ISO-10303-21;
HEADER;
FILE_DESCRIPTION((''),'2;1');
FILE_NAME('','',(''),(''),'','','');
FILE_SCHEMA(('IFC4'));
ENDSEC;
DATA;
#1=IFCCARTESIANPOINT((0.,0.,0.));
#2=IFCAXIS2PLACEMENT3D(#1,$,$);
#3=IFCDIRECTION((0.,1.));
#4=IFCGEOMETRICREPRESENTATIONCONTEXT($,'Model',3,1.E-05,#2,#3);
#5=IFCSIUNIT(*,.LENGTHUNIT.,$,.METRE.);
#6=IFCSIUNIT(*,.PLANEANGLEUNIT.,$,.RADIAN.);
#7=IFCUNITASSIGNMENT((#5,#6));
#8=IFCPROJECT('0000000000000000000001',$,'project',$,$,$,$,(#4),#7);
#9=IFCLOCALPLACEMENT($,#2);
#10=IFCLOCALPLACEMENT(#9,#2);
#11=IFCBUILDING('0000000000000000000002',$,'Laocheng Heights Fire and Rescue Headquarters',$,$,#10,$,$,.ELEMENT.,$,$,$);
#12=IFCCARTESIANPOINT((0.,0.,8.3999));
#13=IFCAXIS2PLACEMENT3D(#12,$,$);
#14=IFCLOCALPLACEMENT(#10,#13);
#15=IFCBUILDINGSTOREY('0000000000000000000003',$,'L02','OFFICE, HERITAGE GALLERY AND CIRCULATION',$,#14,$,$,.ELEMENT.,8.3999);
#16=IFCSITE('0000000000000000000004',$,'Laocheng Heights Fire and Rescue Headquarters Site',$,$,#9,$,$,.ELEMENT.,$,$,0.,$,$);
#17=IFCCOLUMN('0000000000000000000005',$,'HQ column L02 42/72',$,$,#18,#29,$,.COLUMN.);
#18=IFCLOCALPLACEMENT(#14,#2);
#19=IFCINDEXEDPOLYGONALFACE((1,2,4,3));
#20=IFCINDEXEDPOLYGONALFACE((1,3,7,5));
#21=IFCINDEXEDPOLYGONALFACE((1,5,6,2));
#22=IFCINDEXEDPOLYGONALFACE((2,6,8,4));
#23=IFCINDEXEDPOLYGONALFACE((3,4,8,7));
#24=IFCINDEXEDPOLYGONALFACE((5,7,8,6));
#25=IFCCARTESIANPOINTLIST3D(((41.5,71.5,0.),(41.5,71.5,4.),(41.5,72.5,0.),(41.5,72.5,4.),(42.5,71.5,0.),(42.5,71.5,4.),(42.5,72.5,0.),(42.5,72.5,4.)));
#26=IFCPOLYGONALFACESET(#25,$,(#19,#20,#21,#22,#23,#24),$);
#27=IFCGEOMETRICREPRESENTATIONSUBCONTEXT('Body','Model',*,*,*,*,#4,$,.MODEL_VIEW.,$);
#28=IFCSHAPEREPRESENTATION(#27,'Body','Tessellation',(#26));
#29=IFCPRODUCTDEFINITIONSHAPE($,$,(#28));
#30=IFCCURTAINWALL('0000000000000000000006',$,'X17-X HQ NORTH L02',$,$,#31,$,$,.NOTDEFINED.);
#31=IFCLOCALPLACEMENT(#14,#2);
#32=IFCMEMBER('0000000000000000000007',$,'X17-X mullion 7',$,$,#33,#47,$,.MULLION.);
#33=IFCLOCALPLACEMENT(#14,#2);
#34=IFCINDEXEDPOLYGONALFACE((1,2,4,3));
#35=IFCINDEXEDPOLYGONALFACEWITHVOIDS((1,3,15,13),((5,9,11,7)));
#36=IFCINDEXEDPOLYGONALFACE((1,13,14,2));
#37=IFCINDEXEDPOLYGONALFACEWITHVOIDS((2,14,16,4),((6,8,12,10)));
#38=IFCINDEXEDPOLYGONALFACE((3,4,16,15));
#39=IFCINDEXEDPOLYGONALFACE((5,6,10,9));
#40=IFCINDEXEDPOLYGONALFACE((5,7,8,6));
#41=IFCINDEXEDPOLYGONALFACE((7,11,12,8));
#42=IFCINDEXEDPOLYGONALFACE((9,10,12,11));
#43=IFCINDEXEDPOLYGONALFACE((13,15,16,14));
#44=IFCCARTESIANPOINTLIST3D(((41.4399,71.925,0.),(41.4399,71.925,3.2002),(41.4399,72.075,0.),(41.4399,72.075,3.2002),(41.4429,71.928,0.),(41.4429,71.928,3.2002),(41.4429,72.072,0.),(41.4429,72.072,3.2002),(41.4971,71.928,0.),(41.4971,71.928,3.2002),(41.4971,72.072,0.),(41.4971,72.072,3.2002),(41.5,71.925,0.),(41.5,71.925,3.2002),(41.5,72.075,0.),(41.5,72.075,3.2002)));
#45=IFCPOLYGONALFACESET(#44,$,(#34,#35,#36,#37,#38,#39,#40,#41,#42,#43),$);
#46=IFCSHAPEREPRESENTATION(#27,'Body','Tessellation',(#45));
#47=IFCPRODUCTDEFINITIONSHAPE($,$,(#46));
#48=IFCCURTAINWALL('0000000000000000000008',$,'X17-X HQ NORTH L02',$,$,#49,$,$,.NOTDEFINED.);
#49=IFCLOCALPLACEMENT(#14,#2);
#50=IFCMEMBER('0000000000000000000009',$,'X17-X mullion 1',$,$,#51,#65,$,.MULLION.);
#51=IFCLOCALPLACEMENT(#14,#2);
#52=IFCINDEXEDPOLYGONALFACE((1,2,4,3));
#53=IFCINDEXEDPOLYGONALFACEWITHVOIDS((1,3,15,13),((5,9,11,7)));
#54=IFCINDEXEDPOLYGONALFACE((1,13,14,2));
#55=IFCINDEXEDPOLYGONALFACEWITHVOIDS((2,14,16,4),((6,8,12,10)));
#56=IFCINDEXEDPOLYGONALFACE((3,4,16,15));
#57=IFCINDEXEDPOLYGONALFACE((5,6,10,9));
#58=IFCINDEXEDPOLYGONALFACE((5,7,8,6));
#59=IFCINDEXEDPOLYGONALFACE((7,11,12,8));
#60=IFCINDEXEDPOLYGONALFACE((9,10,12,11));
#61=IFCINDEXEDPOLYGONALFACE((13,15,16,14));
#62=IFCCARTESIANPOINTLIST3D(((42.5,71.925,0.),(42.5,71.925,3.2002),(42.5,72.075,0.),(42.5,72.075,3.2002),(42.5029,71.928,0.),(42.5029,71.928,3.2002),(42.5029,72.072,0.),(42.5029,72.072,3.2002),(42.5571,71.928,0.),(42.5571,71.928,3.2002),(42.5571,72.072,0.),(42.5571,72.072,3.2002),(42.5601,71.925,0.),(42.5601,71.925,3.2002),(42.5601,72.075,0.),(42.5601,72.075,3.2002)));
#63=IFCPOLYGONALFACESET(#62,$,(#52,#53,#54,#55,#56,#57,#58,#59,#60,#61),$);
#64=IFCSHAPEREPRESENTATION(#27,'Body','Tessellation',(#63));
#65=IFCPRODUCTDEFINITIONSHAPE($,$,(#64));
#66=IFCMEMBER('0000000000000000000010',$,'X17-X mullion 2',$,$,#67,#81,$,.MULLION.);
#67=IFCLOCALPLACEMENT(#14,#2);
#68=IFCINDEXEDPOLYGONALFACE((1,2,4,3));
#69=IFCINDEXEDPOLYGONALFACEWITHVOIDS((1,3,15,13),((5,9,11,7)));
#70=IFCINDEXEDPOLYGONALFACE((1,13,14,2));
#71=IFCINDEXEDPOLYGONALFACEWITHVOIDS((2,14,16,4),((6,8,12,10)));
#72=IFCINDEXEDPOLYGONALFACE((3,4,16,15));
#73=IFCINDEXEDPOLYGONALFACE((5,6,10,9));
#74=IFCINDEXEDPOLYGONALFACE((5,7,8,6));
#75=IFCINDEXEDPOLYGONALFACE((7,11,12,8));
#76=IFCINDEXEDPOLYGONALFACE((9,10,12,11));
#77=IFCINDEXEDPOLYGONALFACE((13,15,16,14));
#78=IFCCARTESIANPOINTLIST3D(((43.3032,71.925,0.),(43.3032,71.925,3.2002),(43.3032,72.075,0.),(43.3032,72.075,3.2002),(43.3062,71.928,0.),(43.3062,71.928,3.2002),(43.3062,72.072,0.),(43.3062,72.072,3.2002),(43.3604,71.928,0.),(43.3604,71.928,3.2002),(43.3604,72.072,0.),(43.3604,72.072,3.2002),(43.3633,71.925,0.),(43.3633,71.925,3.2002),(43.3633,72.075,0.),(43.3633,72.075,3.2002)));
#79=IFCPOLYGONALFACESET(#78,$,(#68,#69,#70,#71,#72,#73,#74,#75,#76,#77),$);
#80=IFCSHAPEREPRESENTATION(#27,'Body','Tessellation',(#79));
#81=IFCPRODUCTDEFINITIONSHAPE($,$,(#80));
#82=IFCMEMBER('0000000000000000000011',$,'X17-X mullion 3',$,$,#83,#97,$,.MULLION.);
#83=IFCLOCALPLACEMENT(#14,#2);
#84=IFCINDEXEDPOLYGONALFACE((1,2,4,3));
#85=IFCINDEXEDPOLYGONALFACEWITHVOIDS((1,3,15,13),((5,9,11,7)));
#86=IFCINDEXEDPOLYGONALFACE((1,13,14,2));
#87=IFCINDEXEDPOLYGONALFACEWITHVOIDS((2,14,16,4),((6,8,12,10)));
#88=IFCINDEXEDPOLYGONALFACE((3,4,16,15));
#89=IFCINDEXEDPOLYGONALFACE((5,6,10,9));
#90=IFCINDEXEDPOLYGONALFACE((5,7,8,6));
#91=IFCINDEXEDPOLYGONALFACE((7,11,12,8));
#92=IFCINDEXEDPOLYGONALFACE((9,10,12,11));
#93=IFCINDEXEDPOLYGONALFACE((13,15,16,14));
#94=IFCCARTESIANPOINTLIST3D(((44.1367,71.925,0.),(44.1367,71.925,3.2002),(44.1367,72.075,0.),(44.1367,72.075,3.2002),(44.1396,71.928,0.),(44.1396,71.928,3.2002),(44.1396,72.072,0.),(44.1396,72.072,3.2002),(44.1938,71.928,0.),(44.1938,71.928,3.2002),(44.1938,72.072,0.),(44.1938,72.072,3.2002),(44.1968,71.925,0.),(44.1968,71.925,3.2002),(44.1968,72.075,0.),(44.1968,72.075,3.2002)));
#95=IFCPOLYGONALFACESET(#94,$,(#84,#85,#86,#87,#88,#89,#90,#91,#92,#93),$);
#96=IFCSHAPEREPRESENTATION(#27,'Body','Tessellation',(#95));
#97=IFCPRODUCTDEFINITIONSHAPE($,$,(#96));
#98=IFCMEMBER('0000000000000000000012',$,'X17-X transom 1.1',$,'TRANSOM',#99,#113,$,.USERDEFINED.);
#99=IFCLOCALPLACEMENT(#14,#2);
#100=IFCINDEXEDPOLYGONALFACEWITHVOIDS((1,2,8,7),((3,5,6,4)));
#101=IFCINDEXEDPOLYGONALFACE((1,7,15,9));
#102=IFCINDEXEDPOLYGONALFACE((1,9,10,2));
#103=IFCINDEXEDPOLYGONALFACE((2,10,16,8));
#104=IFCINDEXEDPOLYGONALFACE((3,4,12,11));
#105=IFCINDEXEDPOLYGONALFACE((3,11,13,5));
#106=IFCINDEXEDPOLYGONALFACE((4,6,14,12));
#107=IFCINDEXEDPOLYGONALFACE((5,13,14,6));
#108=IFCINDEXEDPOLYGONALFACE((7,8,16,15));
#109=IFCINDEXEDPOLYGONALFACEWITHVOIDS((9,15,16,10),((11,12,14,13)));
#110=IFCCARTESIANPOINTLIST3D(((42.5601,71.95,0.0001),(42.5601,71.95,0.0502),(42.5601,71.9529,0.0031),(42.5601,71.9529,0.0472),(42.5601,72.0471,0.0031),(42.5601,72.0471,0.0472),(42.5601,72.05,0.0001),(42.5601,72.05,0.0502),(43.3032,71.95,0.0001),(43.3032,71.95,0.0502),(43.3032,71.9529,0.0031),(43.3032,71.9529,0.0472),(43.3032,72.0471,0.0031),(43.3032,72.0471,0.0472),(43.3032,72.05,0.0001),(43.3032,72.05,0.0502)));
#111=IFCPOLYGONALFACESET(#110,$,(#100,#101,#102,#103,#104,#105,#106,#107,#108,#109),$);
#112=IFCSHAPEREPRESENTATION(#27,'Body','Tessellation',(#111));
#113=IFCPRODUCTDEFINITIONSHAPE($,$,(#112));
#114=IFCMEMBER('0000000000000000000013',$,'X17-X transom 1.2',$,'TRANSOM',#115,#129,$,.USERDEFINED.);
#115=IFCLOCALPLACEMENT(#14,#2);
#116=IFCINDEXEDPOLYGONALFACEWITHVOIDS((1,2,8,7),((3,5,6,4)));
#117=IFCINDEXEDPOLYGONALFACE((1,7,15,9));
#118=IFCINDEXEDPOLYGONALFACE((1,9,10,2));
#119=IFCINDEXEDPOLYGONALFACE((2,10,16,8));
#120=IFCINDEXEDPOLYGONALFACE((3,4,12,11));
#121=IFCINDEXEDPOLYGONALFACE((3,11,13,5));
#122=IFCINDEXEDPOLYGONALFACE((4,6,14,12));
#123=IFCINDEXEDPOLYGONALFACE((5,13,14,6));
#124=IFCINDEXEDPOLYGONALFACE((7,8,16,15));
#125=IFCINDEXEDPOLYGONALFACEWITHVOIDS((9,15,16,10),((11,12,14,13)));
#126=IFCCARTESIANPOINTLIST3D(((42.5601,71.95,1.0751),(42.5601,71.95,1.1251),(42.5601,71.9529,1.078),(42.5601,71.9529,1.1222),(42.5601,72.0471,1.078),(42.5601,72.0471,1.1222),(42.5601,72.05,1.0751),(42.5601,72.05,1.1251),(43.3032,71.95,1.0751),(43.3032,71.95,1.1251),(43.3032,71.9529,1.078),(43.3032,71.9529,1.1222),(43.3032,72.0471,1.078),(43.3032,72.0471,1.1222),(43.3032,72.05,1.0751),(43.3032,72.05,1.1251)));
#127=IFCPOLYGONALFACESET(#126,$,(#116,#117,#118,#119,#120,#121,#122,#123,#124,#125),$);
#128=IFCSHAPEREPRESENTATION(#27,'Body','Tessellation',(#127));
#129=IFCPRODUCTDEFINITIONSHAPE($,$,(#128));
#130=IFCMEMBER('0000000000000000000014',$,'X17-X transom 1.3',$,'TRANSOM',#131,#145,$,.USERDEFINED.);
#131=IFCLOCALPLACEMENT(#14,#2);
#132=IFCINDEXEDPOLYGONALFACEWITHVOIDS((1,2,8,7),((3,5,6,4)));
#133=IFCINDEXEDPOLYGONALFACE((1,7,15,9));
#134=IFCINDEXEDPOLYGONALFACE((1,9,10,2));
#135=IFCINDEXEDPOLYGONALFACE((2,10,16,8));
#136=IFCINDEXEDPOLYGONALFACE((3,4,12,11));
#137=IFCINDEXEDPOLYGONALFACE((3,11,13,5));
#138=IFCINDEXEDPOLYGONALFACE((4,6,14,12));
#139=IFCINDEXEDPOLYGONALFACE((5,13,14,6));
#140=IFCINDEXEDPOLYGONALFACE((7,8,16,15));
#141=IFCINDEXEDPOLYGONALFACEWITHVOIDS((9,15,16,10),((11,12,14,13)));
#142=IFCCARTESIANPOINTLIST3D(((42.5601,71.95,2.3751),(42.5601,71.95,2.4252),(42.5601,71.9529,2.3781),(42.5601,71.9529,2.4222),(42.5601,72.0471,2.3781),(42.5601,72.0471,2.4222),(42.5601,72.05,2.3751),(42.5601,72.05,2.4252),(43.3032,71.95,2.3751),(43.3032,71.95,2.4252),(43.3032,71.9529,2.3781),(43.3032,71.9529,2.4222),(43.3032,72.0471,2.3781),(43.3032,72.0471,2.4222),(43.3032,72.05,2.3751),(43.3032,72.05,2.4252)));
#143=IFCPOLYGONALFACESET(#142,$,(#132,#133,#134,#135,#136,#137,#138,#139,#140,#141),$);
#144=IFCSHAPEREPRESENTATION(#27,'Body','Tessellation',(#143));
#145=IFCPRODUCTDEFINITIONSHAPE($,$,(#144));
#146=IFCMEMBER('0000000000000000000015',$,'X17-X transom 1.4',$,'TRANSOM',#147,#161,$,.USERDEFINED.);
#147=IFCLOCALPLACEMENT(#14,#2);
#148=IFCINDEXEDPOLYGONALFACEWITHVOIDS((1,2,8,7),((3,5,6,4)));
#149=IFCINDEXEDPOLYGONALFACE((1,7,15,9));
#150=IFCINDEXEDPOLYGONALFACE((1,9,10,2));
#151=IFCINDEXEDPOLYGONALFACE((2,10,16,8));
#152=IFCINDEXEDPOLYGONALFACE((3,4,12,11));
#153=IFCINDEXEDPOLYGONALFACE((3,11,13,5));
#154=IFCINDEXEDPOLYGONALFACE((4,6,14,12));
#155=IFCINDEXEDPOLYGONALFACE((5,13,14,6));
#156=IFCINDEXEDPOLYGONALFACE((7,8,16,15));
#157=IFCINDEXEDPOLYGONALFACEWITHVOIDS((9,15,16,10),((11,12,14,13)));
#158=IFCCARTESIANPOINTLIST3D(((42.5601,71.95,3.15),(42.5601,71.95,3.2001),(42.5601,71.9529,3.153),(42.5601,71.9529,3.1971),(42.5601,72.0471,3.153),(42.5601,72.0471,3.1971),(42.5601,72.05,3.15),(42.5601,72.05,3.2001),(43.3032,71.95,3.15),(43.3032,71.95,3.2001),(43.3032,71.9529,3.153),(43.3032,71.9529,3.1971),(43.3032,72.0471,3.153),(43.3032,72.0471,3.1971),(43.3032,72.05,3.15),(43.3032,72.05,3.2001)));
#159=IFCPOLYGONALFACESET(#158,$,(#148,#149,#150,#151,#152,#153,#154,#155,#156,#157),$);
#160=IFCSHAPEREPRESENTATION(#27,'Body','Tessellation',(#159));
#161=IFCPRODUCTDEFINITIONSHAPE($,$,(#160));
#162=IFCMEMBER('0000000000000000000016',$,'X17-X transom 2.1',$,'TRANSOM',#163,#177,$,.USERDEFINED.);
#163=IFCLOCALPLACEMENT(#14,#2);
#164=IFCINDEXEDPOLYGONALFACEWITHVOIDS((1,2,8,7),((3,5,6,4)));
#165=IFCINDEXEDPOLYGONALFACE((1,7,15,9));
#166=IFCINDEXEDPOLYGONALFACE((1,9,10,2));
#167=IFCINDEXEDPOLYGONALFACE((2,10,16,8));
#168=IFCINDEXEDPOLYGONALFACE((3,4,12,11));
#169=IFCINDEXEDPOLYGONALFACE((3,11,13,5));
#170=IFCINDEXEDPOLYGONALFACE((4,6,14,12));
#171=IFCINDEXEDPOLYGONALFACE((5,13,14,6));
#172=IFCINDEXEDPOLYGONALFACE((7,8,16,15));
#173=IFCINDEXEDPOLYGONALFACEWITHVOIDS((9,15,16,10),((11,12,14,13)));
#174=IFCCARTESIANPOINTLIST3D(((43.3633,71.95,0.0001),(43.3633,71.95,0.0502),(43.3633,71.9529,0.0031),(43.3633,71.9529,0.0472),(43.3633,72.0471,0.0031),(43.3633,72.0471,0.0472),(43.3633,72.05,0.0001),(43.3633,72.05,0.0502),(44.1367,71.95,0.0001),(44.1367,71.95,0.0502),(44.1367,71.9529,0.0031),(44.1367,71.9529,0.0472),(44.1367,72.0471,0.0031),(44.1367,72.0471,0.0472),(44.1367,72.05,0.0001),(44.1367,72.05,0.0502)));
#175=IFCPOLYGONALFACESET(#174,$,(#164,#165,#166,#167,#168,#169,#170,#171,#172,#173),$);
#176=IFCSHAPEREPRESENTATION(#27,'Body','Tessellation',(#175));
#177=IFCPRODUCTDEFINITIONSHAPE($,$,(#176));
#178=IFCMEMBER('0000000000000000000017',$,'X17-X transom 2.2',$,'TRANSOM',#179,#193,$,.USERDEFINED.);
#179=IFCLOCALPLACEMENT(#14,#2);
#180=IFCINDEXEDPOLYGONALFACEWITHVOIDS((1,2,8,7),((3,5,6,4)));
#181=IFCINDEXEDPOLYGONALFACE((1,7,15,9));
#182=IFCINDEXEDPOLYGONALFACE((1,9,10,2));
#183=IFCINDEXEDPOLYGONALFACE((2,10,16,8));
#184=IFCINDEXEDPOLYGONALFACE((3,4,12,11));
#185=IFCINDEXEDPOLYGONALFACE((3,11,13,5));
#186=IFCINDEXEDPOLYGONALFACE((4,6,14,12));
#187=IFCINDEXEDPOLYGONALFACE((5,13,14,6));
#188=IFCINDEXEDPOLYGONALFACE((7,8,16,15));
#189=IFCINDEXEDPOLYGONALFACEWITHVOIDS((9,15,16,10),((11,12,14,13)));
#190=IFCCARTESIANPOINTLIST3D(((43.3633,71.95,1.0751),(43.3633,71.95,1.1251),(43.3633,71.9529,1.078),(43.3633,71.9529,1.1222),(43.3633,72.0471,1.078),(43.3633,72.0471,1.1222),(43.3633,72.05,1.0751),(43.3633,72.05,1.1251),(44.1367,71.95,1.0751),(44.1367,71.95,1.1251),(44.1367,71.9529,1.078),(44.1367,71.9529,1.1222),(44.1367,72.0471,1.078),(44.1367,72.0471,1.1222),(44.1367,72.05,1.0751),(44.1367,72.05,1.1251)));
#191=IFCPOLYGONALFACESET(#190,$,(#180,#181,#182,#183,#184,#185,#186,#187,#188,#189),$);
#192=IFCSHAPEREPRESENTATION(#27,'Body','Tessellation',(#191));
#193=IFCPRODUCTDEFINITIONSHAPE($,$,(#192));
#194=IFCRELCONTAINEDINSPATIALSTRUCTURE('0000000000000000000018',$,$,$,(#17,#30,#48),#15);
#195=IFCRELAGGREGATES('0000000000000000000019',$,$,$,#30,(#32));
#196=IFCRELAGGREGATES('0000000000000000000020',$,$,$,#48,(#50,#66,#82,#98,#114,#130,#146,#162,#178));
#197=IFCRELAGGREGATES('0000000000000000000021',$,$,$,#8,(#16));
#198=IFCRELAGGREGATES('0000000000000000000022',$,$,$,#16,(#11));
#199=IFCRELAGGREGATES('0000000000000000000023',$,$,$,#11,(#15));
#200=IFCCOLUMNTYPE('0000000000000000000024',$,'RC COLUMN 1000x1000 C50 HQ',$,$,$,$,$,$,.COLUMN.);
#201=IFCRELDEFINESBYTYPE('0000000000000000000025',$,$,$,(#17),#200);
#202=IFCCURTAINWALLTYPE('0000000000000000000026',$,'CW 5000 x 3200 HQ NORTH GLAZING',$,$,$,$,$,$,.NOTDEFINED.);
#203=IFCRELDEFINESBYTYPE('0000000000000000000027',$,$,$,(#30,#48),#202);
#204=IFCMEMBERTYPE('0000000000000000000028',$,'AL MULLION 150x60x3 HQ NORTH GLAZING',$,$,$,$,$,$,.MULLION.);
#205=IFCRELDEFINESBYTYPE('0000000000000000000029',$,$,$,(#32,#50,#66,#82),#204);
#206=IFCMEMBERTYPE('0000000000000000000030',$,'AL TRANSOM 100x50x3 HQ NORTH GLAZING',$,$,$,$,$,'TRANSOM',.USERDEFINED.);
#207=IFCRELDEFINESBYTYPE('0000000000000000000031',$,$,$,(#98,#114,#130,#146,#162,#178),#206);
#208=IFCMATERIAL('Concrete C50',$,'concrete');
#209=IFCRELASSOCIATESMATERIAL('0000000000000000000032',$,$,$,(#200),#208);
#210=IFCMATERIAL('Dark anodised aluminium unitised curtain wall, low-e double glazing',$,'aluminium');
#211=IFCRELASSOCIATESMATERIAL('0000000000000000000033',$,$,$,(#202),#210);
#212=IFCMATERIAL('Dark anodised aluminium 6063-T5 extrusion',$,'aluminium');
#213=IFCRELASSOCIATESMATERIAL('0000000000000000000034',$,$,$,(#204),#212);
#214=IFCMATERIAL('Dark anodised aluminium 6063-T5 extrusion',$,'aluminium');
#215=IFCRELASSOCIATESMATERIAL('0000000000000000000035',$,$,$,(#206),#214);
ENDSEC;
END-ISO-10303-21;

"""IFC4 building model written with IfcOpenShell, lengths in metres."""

from ifc_helpers import new_model, si_unit, direction, frame, origin, origin_2d, place, context, subcontext, project, spatial, rectangle, hollow_rectangle, extrude, material, material_profile, profile_set, type_object, element, aggregate, save


model = new_model("IFC4")

# Units and contexts
model_context = context("Model", 3, precision=1e-05, world=origin(), true_north=direction((0.0, 1.0)))
body_context = subcontext(model_context, "Body", "Model", "MODEL_VIEW")
ifc_project = project(units=[si_unit("LENGTHUNIT", "METRE"), si_unit("PLANEANGLEUNIT", "RADIAN")], contexts=[model_context])

# Site, building, storey
site_placement = place(None, origin())
site = spatial("IfcSite", under=ifc_project, at=site_placement, Name="Laocheng Heights Fire and Rescue Headquarters Site", CompositionType="ELEMENT", RefElevation=0.0)
building_placement = place(site_placement, origin())
building = spatial("IfcBuilding", under=site, at=building_placement, Name="Laocheng Heights Fire and Rescue Headquarters", CompositionType="ELEMENT")
storey_placement = place(building_placement, frame((0.0, 0.0, 8.3999)))
storey = spatial("IfcBuildingStorey", under=building, at=storey_placement, Name="L02", Description="OFFICE, HERITAGE GALLERY AND CIRCULATION", CompositionType="ELEMENT", Elevation=8.3999)

# Column
ifc_material_1 = material(Name="Concrete C50", Category="concrete")
ifc_material_profile_1 = material_profile(ifc_material_1, rectangle(XDim=1.0, YDim=1.0, at=origin_2d()), Name="RC COLUMN 1000x1000 C50 HQ")
ifc_profile_set_1 = profile_set([ifc_material_profile_1], Name="Concrete C50")
column_type = type_object("IfcColumnType", Name="RC COLUMN 1000x1000 C50 HQ", PredefinedType="COLUMN", material=ifc_profile_set_1)
column_placement = place(storey_placement, frame((42.0, 72.0, 0.0), z_axis=(0.0, 0.0, 1.0), x_axis=(1.0, 0.0, 0.0)))
element("IfcColumn", 1, at=column_placement, inside=storey, type_object=column_type, Name="HQ column L02 42/72", PredefinedType="COLUMN", context=body_context, shape_type="SweptSolid", body=[
    extrude(rectangle(XDim=1.0, YDim=1.0, at=origin_2d()), origin(), (0.0, 0.0, 1.0), 4.0),
])

# Curtain wall, member
ifc_material_2 = material(Name="Dark anodised aluminium unitised curtain wall, low-e double glazing", Category="aluminium")
curtain_wall_type = type_object("IfcCurtainWallType", Name="CW 5000 x 3200 HQ NORTH GLAZING", PredefinedType="NOTDEFINED", material=ifc_material_2)
curtain_wall_1_placement = place(storey_placement, origin())
curtain_wall_1 = element("IfcCurtainWall", 2, at=curtain_wall_1_placement, inside=storey, type_object=curtain_wall_type, Name="X17-X HQ NORTH L02", PredefinedType="NOTDEFINED")
ifc_material_3 = material(Name="Dark anodised aluminium 6063-T5 extrusion", Category="aluminium")
ifc_material_profile_2 = material_profile(ifc_material_3, hollow_rectangle(XDim=0.1499, YDim=0.0601, WallThickness=0.0029, at=origin_2d()), Name="AL MULLION 150x60x3 HQ NORTH GLAZING")
ifc_profile_set_2 = profile_set([ifc_material_profile_2], Name="Dark anodised aluminium 6063-T5 extrusion")
member_type_1 = type_object("IfcMemberType", Name="AL MULLION 150x60x3 HQ NORTH GLAZING", PredefinedType="MULLION", material=ifc_profile_set_2)
member_1_placement = place(storey_placement, frame((41.47, 72.0, 0.0), z_axis=(0.0, 0.0, 1.0), x_axis=(0.0, 1.0, 0.0)))
member_1 = element("IfcMember", 3, at=member_1_placement, type_object=member_type_1, Name="X17-X mullion 7", PredefinedType="MULLION", context=body_context, shape_type="SweptSolid", body=[
    extrude(hollow_rectangle(XDim=0.1499, YDim=0.0601, WallThickness=0.0029, at=origin_2d()), origin(), (0.0, 0.0, 1.0), 3.2002),
])

# Curtain wall, members
curtain_wall_2_placement = place(storey_placement, origin())
curtain_wall_2 = element("IfcCurtainWall", 4, at=curtain_wall_2_placement, inside=storey, type_object=curtain_wall_type, Name="X17-X HQ NORTH L02", PredefinedType="NOTDEFINED")
member_2_placement = place(storey_placement, frame((42.53, 72.0, 0.0), z_axis=(0.0, 0.0, 1.0), x_axis=(0.0, 1.0, 0.0)))
member_2 = element("IfcMember", 5, at=member_2_placement, type_object=member_type_1, Name="X17-X mullion 1", PredefinedType="MULLION", context=body_context, shape_type="SweptSolid", body=[
    extrude(hollow_rectangle(XDim=0.1499, YDim=0.0601, WallThickness=0.0029, at=origin_2d()), origin(), (0.0, 0.0, 1.0), 3.2002),
])
member_3_placement = place(storey_placement, frame((43.3333, 72.0, 0.0), z_axis=(0.0, 0.0, 1.0), x_axis=(0.0, 1.0, 0.0)))
member_3 = element("IfcMember", 6, at=member_3_placement, type_object=member_type_1, Name="X17-X mullion 2", PredefinedType="MULLION", context=body_context, shape_type="SweptSolid", body=[
    extrude(hollow_rectangle(XDim=0.1499, YDim=0.0601, WallThickness=0.0029, at=origin_2d()), origin(), (0.0, 0.0, 1.0), 3.2002),
])
member_4_placement = place(storey_placement, frame((44.1667, 72.0, 0.0), z_axis=(0.0, 0.0, 1.0), x_axis=(0.0, 1.0, 0.0)))
member_4 = element("IfcMember", 7, at=member_4_placement, type_object=member_type_1, Name="X17-X mullion 3", PredefinedType="MULLION", context=body_context, shape_type="SweptSolid", body=[
    extrude(hollow_rectangle(XDim=0.1499, YDim=0.0601, WallThickness=0.0029, at=origin_2d()), origin(), (0.0, 0.0, 1.0), 3.2002),
])
ifc_material_4 = material(Name="Dark anodised aluminium 6063-T5 extrusion", Category="aluminium")
ifc_material_profile_3 = material_profile(ifc_material_4, hollow_rectangle(XDim=0.1001, YDim=0.05, WallThickness=0.0029, at=origin_2d()), Name="AL TRANSOM 100x50x3 HQ NORTH GLAZING")
ifc_profile_set_3 = profile_set([ifc_material_profile_3], Name="Dark anodised aluminium 6063-T5 extrusion")
member_type_2 = type_object("IfcMemberType", Name="AL TRANSOM 100x50x3 HQ NORTH GLAZING", ElementType="TRANSOM", PredefinedType="USERDEFINED", material=ifc_profile_set_3)
member_5_placement = place(storey_placement, frame((42.5601, 72.0, 0.0251), z_axis=(1.0, 0.0, 0.0), x_axis=(0.0, 1.0, 0.0)))
member_5 = element("IfcMember", 8, at=member_5_placement, type_object=member_type_2, Name="X17-X transom 1.1", ObjectType="TRANSOM", PredefinedType="USERDEFINED", context=body_context, shape_type="SweptSolid", body=[
    extrude(hollow_rectangle(XDim=0.1001, YDim=0.05, WallThickness=0.0029, at=origin_2d()), origin(), (0.0, 0.0, 1.0), 0.7432),
])
member_6_placement = place(storey_placement, frame((42.5601, 72.0, 1.1001), z_axis=(1.0, 0.0, 0.0), x_axis=(0.0, 1.0, 0.0)))
member_6 = element("IfcMember", 9, at=member_6_placement, type_object=member_type_2, Name="X17-X transom 1.2", ObjectType="TRANSOM", PredefinedType="USERDEFINED", context=body_context, shape_type="SweptSolid", body=[
    extrude(hollow_rectangle(XDim=0.1001, YDim=0.05, WallThickness=0.0029, at=origin_2d()), origin(), (0.0, 0.0, 1.0), 0.7432),
])
member_7_placement = place(storey_placement, frame((42.5601, 72.0, 2.4001), z_axis=(1.0, 0.0, 0.0), x_axis=(0.0, 1.0, 0.0)))
member_7 = element("IfcMember", 10, at=member_7_placement, type_object=member_type_2, Name="X17-X transom 1.3", ObjectType="TRANSOM", PredefinedType="USERDEFINED", context=body_context, shape_type="SweptSolid", body=[
    extrude(hollow_rectangle(XDim=0.1001, YDim=0.05, WallThickness=0.0029, at=origin_2d()), origin(), (0.0, 0.0, 1.0), 0.7432),
])
member_8_placement = place(storey_placement, frame((42.5601, 72.0, 3.175), z_axis=(1.0, 0.0, 0.0), x_axis=(0.0, 1.0, 0.0)))
member_8 = element("IfcMember", 11, at=member_8_placement, type_object=member_type_2, Name="X17-X transom 1.4", ObjectType="TRANSOM", PredefinedType="USERDEFINED", context=body_context, shape_type="SweptSolid", body=[
    extrude(hollow_rectangle(XDim=0.1001, YDim=0.05, WallThickness=0.0029, at=origin_2d()), origin(), (0.0, 0.0, 1.0), 0.7432),
])
member_9_placement = place(storey_placement, frame((43.3633, 72.0, 0.0251), z_axis=(1.0, 0.0, 0.0), x_axis=(0.0, 1.0, 0.0)))
member_9 = element("IfcMember", 12, at=member_9_placement, type_object=member_type_2, Name="X17-X transom 2.1", ObjectType="TRANSOM", PredefinedType="USERDEFINED", context=body_context, shape_type="SweptSolid", body=[
    extrude(hollow_rectangle(XDim=0.1001, YDim=0.05, WallThickness=0.0029, at=origin_2d()), origin(), (0.0, 0.0, 1.0), 0.7734),
])
member_10_placement = place(storey_placement, frame((43.3633, 72.0, 1.1001), z_axis=(1.0, 0.0, 0.0), x_axis=(0.0, 1.0, 0.0)))
member_10 = element("IfcMember", 13, at=member_10_placement, type_object=member_type_2, Name="X17-X transom 2.2", ObjectType="TRANSOM", PredefinedType="USERDEFINED", context=body_context, shape_type="SweptSolid", body=[
    extrude(hollow_rectangle(XDim=0.1001, YDim=0.05, WallThickness=0.0029, at=origin_2d()), origin(), (0.0, 0.0, 1.0), 0.7734),
])

aggregate(curtain_wall_1, [member_1])
aggregate(curtain_wall_2, [member_2, member_3, member_4, member_5, member_6, member_7, member_8, member_9, member_10])

save(model, "model.ifc")
